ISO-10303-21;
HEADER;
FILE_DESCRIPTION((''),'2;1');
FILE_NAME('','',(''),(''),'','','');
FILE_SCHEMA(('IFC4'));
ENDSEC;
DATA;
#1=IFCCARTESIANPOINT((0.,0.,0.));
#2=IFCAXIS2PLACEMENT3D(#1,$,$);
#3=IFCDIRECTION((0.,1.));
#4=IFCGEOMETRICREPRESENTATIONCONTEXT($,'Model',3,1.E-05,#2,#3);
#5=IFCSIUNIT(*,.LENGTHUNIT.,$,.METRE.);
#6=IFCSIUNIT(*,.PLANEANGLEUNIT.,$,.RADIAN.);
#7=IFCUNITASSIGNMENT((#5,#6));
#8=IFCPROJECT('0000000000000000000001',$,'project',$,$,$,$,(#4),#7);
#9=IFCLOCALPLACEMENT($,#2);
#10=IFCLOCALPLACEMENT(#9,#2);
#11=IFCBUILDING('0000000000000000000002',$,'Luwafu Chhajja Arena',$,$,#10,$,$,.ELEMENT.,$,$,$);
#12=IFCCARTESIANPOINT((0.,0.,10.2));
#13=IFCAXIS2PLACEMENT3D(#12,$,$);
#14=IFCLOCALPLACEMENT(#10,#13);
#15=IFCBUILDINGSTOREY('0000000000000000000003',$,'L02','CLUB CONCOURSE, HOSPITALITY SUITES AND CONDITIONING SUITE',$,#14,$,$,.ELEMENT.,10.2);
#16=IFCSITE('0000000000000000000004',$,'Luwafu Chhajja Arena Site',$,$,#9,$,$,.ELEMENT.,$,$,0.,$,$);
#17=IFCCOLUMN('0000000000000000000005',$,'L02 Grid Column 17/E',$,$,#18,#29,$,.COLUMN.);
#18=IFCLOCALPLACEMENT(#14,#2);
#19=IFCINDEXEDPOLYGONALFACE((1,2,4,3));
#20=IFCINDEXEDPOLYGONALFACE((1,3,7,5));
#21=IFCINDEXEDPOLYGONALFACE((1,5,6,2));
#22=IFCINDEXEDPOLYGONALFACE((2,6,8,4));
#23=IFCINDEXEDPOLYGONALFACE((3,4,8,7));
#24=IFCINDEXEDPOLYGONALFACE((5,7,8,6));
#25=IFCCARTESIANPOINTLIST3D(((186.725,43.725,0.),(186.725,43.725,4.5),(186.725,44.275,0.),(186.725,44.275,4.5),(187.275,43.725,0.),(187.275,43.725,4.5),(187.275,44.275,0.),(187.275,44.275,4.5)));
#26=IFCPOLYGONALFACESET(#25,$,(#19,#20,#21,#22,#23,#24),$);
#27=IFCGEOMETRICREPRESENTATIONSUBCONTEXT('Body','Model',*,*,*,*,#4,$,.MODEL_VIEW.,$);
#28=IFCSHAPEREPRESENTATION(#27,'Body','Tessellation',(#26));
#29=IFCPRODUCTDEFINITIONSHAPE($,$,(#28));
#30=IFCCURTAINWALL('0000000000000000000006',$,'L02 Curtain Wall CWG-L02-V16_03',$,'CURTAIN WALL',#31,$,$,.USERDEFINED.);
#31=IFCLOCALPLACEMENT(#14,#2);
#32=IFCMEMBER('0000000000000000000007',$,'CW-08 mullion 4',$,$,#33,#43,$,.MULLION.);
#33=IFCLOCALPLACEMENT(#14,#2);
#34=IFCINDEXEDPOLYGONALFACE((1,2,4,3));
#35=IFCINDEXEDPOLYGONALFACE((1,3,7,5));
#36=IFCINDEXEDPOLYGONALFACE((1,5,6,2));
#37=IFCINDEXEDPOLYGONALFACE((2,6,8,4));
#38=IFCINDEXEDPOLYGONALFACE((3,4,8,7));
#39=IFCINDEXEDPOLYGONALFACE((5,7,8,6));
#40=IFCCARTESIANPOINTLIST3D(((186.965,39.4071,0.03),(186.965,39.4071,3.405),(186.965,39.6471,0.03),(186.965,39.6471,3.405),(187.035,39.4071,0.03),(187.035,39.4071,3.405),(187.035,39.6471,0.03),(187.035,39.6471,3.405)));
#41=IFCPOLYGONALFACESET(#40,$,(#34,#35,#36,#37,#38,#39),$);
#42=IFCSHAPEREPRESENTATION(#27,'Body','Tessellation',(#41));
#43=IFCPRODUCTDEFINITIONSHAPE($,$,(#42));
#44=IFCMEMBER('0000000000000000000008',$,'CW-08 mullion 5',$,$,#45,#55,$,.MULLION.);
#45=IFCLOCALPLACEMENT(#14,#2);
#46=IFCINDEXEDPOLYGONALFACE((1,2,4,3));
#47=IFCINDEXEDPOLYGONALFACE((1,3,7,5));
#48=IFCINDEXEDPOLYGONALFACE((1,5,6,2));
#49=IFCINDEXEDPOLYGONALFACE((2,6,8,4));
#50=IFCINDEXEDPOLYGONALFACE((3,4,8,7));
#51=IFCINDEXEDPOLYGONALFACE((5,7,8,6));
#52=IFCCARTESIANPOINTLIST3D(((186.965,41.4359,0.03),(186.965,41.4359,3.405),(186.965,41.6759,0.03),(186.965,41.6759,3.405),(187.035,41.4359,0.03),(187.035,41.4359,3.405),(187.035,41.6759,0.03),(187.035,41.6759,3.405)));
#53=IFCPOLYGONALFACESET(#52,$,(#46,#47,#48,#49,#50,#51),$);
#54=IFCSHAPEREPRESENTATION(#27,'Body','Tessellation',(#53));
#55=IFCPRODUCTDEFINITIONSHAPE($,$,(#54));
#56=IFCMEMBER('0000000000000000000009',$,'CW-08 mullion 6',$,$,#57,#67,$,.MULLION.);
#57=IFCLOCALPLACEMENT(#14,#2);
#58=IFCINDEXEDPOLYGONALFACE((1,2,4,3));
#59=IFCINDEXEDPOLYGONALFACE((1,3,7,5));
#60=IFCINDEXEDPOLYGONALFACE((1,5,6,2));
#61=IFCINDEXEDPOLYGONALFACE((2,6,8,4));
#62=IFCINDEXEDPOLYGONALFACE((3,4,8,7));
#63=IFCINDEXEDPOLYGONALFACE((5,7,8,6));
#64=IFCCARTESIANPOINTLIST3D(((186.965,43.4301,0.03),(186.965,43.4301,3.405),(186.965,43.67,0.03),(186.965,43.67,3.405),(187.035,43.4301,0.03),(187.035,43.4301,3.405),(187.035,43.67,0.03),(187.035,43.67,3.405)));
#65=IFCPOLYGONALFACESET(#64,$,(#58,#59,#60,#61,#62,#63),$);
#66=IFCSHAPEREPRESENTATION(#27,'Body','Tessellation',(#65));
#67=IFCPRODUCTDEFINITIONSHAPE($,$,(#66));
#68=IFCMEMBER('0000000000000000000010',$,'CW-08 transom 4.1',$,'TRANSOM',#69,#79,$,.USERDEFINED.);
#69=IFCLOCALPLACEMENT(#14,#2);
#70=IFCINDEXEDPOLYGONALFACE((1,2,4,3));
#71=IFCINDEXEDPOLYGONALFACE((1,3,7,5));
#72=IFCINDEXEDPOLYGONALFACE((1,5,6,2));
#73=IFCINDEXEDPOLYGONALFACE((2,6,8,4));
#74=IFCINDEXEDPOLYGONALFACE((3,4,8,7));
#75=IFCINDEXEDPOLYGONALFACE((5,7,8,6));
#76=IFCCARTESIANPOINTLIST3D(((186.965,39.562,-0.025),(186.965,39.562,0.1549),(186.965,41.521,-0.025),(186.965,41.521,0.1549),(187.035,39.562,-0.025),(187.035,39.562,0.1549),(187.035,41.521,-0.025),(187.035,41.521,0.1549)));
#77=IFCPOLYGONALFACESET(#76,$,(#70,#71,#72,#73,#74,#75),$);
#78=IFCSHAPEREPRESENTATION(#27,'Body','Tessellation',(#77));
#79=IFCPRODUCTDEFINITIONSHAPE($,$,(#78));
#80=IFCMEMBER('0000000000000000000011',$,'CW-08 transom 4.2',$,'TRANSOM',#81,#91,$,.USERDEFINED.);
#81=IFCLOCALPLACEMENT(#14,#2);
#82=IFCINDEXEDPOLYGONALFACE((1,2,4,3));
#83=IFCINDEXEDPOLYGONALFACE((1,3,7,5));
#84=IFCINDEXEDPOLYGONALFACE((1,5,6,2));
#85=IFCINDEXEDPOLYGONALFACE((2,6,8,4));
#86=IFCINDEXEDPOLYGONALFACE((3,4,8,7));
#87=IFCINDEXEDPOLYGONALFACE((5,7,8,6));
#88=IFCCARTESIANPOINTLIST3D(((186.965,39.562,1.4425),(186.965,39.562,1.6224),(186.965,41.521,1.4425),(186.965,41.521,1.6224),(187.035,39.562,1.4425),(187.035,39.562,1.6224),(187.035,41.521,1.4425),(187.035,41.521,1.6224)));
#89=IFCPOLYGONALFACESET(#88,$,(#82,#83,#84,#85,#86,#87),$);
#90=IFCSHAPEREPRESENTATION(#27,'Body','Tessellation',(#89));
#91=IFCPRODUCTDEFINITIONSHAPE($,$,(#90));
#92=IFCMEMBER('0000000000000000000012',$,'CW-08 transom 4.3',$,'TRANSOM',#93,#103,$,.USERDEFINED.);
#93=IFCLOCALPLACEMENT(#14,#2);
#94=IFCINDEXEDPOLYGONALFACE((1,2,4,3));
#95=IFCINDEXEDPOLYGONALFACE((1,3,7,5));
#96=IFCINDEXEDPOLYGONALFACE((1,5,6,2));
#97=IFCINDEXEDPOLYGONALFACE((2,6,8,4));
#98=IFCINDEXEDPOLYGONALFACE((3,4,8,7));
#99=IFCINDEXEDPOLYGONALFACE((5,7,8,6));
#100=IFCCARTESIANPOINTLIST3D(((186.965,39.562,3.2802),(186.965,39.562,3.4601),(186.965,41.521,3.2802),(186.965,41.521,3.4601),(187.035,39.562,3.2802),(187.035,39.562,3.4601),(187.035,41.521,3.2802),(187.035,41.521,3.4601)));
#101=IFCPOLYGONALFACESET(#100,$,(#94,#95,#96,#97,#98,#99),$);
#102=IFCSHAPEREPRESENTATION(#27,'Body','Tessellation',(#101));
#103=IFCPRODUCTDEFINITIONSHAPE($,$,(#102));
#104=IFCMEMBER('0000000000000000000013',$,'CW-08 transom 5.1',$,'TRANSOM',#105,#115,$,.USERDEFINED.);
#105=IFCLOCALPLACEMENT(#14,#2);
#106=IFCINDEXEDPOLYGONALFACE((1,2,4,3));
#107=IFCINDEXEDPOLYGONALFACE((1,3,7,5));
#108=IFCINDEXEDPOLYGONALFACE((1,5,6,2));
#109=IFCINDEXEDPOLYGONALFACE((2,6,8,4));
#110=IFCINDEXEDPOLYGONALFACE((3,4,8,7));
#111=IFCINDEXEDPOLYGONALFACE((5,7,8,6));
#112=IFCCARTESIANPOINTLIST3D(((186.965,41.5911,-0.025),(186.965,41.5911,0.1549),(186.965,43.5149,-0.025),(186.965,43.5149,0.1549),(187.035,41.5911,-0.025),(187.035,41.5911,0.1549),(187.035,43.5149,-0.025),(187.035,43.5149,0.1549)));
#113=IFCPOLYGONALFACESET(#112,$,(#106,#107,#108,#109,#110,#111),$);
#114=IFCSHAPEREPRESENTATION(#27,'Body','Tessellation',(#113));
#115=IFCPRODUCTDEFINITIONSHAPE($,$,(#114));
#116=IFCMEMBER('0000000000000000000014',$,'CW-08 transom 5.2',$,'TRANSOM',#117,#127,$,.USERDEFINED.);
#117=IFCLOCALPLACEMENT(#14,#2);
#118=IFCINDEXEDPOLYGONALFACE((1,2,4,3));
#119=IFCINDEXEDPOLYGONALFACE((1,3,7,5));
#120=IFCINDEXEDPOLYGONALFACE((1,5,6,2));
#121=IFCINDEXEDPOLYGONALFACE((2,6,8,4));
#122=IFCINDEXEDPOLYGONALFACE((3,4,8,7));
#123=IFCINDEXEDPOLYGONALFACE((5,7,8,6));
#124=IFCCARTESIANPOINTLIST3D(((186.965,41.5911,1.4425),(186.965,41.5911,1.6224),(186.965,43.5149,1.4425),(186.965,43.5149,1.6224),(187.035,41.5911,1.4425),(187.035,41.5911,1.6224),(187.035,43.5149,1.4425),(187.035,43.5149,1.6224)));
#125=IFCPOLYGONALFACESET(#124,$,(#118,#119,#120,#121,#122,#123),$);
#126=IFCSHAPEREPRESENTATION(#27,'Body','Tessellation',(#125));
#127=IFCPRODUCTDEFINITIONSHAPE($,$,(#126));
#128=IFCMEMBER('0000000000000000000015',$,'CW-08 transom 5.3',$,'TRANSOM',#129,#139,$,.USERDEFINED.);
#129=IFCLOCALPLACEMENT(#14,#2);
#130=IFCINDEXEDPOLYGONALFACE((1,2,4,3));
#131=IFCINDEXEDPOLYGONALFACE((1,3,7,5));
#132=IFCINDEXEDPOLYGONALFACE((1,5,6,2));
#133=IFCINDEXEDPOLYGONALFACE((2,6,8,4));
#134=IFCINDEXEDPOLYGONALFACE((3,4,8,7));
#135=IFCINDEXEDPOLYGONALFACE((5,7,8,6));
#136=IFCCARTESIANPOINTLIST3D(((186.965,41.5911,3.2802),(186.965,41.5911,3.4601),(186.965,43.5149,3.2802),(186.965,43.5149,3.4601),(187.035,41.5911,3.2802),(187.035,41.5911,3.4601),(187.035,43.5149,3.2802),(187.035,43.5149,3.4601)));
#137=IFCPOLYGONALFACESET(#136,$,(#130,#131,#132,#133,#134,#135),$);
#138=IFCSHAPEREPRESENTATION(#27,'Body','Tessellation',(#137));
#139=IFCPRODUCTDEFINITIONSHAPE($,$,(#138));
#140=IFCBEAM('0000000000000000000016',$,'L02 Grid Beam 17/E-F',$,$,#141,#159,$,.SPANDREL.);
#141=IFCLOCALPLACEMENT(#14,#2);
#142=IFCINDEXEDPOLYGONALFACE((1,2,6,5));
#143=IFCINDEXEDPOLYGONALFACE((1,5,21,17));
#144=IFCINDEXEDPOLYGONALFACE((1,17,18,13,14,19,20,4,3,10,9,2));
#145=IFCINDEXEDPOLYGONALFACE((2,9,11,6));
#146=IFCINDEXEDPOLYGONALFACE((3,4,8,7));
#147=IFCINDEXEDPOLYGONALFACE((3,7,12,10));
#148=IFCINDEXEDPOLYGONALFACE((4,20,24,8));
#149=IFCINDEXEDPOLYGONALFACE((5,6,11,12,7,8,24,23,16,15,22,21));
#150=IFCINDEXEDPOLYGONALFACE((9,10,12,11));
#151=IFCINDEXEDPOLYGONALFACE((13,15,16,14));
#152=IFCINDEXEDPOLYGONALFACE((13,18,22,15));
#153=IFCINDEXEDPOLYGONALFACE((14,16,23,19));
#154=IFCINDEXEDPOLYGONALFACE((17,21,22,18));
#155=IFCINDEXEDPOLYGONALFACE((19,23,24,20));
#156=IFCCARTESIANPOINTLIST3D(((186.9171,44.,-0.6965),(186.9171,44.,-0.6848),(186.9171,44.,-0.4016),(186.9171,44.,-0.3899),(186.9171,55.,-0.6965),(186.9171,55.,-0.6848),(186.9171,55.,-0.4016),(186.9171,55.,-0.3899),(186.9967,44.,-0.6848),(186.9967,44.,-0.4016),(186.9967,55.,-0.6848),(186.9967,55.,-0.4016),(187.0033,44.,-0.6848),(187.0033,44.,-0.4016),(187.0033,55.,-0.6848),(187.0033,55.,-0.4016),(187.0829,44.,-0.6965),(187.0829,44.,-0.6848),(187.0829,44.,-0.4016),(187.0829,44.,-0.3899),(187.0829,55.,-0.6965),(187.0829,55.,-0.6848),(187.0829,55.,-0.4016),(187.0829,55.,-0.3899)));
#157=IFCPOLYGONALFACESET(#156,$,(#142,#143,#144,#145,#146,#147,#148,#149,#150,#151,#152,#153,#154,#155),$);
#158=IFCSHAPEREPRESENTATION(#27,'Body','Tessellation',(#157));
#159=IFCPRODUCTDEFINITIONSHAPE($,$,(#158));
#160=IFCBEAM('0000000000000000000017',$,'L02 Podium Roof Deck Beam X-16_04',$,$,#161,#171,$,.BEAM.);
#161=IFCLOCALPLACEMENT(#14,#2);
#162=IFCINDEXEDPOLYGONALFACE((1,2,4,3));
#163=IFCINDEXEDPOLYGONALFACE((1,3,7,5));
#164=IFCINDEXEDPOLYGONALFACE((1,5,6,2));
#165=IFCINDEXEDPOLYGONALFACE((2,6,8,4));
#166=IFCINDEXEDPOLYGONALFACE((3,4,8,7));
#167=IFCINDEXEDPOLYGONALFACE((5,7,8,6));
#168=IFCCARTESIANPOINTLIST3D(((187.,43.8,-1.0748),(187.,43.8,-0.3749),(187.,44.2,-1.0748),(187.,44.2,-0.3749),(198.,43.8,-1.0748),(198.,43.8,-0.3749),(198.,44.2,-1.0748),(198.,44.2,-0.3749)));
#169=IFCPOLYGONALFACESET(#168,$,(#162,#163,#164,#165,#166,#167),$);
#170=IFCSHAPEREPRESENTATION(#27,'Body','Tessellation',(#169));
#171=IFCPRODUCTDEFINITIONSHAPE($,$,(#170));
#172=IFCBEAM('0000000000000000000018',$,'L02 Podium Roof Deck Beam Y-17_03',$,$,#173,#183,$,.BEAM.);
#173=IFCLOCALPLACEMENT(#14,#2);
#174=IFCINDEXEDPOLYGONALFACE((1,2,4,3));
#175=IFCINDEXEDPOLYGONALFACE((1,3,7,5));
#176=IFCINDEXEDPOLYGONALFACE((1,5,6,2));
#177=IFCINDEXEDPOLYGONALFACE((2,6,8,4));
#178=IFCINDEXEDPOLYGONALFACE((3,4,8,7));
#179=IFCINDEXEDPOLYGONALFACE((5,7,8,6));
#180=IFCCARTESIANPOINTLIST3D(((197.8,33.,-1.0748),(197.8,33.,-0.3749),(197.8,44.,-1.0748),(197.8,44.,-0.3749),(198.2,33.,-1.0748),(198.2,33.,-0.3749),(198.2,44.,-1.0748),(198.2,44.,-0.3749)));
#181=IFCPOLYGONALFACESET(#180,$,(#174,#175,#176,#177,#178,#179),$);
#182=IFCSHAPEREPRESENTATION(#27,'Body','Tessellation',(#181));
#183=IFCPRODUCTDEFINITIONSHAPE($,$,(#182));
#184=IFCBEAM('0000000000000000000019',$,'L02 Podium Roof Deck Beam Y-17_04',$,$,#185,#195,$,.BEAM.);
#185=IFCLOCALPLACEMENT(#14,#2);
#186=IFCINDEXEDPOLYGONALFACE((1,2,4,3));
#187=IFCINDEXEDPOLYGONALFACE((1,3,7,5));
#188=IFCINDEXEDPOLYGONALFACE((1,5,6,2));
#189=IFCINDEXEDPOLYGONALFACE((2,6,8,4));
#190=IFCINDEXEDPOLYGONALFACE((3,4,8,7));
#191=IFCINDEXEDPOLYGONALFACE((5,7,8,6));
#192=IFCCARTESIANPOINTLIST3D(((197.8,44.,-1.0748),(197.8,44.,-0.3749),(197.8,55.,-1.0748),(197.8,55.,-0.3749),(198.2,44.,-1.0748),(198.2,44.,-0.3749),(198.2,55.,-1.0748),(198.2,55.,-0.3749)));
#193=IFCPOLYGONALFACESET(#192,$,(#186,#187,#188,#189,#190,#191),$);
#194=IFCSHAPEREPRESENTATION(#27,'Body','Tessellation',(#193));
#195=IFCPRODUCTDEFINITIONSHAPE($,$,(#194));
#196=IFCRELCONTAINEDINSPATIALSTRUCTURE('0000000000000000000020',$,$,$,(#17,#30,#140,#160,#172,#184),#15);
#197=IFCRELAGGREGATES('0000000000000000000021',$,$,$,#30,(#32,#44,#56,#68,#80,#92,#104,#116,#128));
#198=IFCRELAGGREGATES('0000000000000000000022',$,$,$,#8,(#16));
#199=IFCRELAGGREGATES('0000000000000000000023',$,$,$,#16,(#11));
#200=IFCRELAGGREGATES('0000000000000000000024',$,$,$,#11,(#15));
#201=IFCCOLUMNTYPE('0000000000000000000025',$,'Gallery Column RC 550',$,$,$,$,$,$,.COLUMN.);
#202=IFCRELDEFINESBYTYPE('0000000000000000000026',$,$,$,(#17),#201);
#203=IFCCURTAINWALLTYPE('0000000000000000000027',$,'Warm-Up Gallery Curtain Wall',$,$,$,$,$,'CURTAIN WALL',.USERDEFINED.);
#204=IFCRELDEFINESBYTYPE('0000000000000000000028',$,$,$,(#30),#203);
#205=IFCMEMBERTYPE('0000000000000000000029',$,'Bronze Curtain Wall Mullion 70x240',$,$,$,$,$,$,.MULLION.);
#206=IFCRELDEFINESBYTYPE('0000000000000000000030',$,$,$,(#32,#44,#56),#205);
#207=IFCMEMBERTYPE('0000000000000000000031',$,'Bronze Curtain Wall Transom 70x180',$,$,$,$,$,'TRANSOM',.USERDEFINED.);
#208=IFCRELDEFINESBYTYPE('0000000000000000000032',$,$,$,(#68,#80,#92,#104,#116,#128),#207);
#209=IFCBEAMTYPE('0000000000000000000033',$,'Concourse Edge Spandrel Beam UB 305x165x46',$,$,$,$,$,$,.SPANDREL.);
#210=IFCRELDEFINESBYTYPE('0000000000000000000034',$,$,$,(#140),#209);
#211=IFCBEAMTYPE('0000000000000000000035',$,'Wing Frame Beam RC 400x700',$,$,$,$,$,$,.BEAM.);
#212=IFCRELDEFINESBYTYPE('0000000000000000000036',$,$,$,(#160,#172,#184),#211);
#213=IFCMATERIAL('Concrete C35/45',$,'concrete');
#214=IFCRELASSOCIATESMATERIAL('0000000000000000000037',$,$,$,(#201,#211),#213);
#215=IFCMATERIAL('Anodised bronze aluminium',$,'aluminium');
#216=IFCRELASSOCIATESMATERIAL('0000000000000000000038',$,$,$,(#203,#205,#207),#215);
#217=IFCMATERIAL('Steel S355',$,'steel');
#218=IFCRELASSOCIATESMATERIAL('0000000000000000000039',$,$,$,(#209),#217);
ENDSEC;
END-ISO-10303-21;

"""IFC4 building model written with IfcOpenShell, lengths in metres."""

from ifc_helpers import new_model, si_unit, direction, frame, origin, origin_2d, place, context, subcontext, project, spatial, rectangle, i_section, extrude, material, material_profile, profile_set, type_object, element, aggregate, save


model = new_model("IFC4")

# Units and contexts
model_context = context("Model", 3, precision=1e-05, world=origin(), true_north=direction((0.0, 1.0)))
body_context = subcontext(model_context, "Body", "Model", "MODEL_VIEW")
ifc_project = project(units=[si_unit("LENGTHUNIT", "METRE"), si_unit("PLANEANGLEUNIT", "RADIAN")], contexts=[model_context])

# Site, building, storey
site_placement = place(None, origin())
site = spatial("IfcSite", under=ifc_project, at=site_placement, Name="Luwafu Chhajja Arena Site", CompositionType="ELEMENT", RefElevation=0.0)
building_placement = place(site_placement, origin())
building = spatial("IfcBuilding", under=site, at=building_placement, Name="Luwafu Chhajja Arena", CompositionType="ELEMENT")
storey_placement = place(building_placement, frame((0.0, 0.0, 10.2)))
storey = spatial("IfcBuildingStorey", under=building, at=storey_placement, Name="L02", Description="CLUB CONCOURSE, HOSPITALITY SUITES AND CONDITIONING SUITE", CompositionType="ELEMENT", Elevation=10.2)

# Column
ifc_material_1 = material(Name="Concrete C35/45", Category="concrete")
ifc_material_profile_1 = material_profile(ifc_material_1, rectangle(XDim=0.55, YDim=0.55, at=origin_2d()), Name="RC 550x550")
ifc_profile_set_1 = profile_set([ifc_material_profile_1], Name="Concrete C35/45")
column_type = type_object("IfcColumnType", Name="Gallery Column RC 550", PredefinedType="COLUMN", material=ifc_profile_set_1)
column_placement = place(storey_placement, frame((187.0, 44.0, 0.0), z_axis=(0.0, 0.0, 1.0), x_axis=(1.0, 0.0, 0.0)))
element("IfcColumn", 1, at=column_placement, inside=storey, type_object=column_type, Name="L02 Grid Column 17/E", PredefinedType="COLUMN", context=body_context, shape_type="SweptSolid", body=[
    extrude(rectangle(XDim=0.55, YDim=0.55, at=origin_2d()), origin(), (0.0, 0.0, 1.0), 4.5),
])

# Curtain wall, members
ifc_material_2 = material(Name="Anodised bronze aluminium", Category="aluminium")
curtain_wall_type = type_object("IfcCurtainWallType", Name="Warm-Up Gallery Curtain Wall", ElementType="CURTAIN WALL", PredefinedType="USERDEFINED", material=ifc_material_2)
curtain_wall_placement = place(storey_placement, origin())
curtain_wall = element("IfcCurtainWall", 2, at=curtain_wall_placement, inside=storey, type_object=curtain_wall_type, Name="L02 Curtain Wall CWG-L02-V16_03", ObjectType="CURTAIN WALL", PredefinedType="USERDEFINED")
ifc_material_profile_2 = material_profile(ifc_material_2, rectangle(XDim=0.0701, YDim=0.24, at=origin_2d()), Name="CWM 70x240")
ifc_profile_set_2 = profile_set([ifc_material_profile_2], Name="Anodised bronze aluminium")
member_type_1 = type_object("IfcMemberType", Name="Bronze Curtain Wall Mullion 70x240", PredefinedType="MULLION", material=ifc_profile_set_2)
member_1_placement = place(storey_placement, frame((187.0, 39.5271, 0.03), z_axis=(0.0, 0.0, 1.0), x_axis=(-1.0, 0.0, 0.0)))
member_1 = element("IfcMember", 3, at=member_1_placement, type_object=member_type_1, Name="CW-08 mullion 4", PredefinedType="MULLION", context=body_context, shape_type="SweptSolid", body=[
    extrude(rectangle(XDim=0.0701, YDim=0.24, at=origin_2d()), origin(), (0.0, 0.0, 1.0), 3.375),
])
member_2_placement = place(storey_placement, frame((187.0, 41.5559, 0.03), z_axis=(0.0, 0.0, 1.0), x_axis=(-1.0, 0.0, 0.0)))
member_2 = element("IfcMember", 4, at=member_2_placement, type_object=member_type_1, Name="CW-08 mullion 5", PredefinedType="MULLION", context=body_context, shape_type="SweptSolid", body=[
    extrude(rectangle(XDim=0.0701, YDim=0.24, at=origin_2d()), origin(), (0.0, 0.0, 1.0), 3.375),
])
member_3_placement = place(storey_placement, frame((187.0, 43.55, 0.03), z_axis=(0.0, 0.0, 1.0), x_axis=(-1.0, 0.0, 0.0)))
member_3 = element("IfcMember", 5, at=member_3_placement, type_object=member_type_1, Name="CW-08 mullion 6", PredefinedType="MULLION", context=body_context, shape_type="SweptSolid", body=[
    extrude(rectangle(XDim=0.0701, YDim=0.24, at=origin_2d()), origin(), (0.0, 0.0, 1.0), 3.375),
])
ifc_material_profile_3 = material_profile(ifc_material_2, rectangle(XDim=0.0701, YDim=0.1799, at=origin_2d()), Name="CWT 70x180")
ifc_profile_set_3 = profile_set([ifc_material_profile_3], Name="Anodised bronze aluminium")
member_type_2 = type_object("IfcMemberType", Name="Bronze Curtain Wall Transom 70x180", ElementType="TRANSOM", PredefinedType="USERDEFINED", material=ifc_profile_set_3)
member_4_placement = place(storey_placement, frame((187.0, 39.562, 0.0649), z_axis=(0.0, 1.0, 0.0), x_axis=(-1.0, 0.0, 0.0)))
member_4 = element("IfcMember", 6, at=member_4_placement, type_object=member_type_2, Name="CW-08 transom 4.1", ObjectType="TRANSOM", PredefinedType="USERDEFINED", context=body_context, shape_type="SweptSolid", body=[
    extrude(rectangle(XDim=0.0701, YDim=0.1799, at=origin_2d()), origin(), (0.0, 0.0, 1.0), 1.959),
])
member_5_placement = place(storey_placement, frame((187.0, 39.562, 1.5325), z_axis=(0.0, 1.0, 0.0), x_axis=(-1.0, 0.0, 0.0)))
member_5 = element("IfcMember", 7, at=member_5_placement, type_object=member_type_2, Name="CW-08 transom 4.2", ObjectType="TRANSOM", PredefinedType="USERDEFINED", context=body_context, shape_type="SweptSolid", body=[
    extrude(rectangle(XDim=0.0701, YDim=0.1799, at=origin_2d()), origin(), (0.0, 0.0, 1.0), 1.959),
])
member_6_placement = place(storey_placement, frame((187.0, 39.562, 3.3701), z_axis=(0.0, 1.0, 0.0), x_axis=(-1.0, 0.0, 0.0)))
member_6 = element("IfcMember", 8, at=member_6_placement, type_object=member_type_2, Name="CW-08 transom 4.3", ObjectType="TRANSOM", PredefinedType="USERDEFINED", context=body_context, shape_type="SweptSolid", body=[
    extrude(rectangle(XDim=0.0701, YDim=0.1799, at=origin_2d()), origin(), (0.0, 0.0, 1.0), 1.959),
])
member_7_placement = place(storey_placement, frame((187.0, 41.5911, 0.0649), z_axis=(0.0, 1.0, 0.0), x_axis=(-1.0, 0.0, 0.0)))
member_7 = element("IfcMember", 9, at=member_7_placement, type_object=member_type_2, Name="CW-08 transom 5.1", ObjectType="TRANSOM", PredefinedType="USERDEFINED", context=body_context, shape_type="SweptSolid", body=[
    extrude(rectangle(XDim=0.0701, YDim=0.1799, at=origin_2d()), origin(), (0.0, 0.0, 1.0), 1.9238),
])
member_8_placement = place(storey_placement, frame((187.0, 41.5911, 1.5325), z_axis=(0.0, 1.0, 0.0), x_axis=(-1.0, 0.0, 0.0)))
member_8 = element("IfcMember", 10, at=member_8_placement, type_object=member_type_2, Name="CW-08 transom 5.2", ObjectType="TRANSOM", PredefinedType="USERDEFINED", context=body_context, shape_type="SweptSolid", body=[
    extrude(rectangle(XDim=0.0701, YDim=0.1799, at=origin_2d()), origin(), (0.0, 0.0, 1.0), 1.9238),
])
member_9_placement = place(storey_placement, frame((187.0, 41.5911, 3.3701), z_axis=(0.0, 1.0, 0.0), x_axis=(-1.0, 0.0, 0.0)))
member_9 = element("IfcMember", 11, at=member_9_placement, type_object=member_type_2, Name="CW-08 transom 5.3", ObjectType="TRANSOM", PredefinedType="USERDEFINED", context=body_context, shape_type="SweptSolid", body=[
    extrude(rectangle(XDim=0.0701, YDim=0.1799, at=origin_2d()), origin(), (0.0, 0.0, 1.0), 1.9238),
])

# Beams
ifc_material_3 = material(Name="Steel S355", Category="steel")
ifc_material_profile_4 = material_profile(ifc_material_3, i_section(OverallWidth=0.1658, OverallDepth=0.3066, WebThickness=0.0066, FlangeThickness=0.0117, at=origin_2d()), Name="UB 305x165x46")
ifc_profile_set_4 = profile_set([ifc_material_profile_4], Name="Steel S355")
beam_type_1 = type_object("IfcBeamType", Name="Concourse Edge Spandrel Beam UB 305x165x46", PredefinedType="SPANDREL", material=ifc_profile_set_4)
beam_placement = place(storey_placement, frame((187.0, 44.0, -0.5432), z_axis=(0.0, 1.0, 0.0), x_axis=(-1.0, 0.0, 0.0)))
element("IfcBeam", 12, at=beam_placement, inside=storey, type_object=beam_type_1, Name="L02 Grid Beam 17/E-F", PredefinedType="SPANDREL", context=body_context, shape_type="SweptSolid", body=[
    extrude(i_section(OverallWidth=0.1658, OverallDepth=0.3066, WebThickness=0.0066, FlangeThickness=0.0117, at=origin_2d()), origin(), (0.0, 0.0, 1.0), 11.0),
])
ifc_material_profile_5 = material_profile(ifc_material_1, rectangle(XDim=0.3999, YDim=0.7, at=origin_2d()), Name="RC 400x700")
ifc_profile_set_5 = profile_set([ifc_material_profile_5], Name="Concrete C35/45")
beam_type_2 = type_object("IfcBeamType", Name="Wing Frame Beam RC 400x700", PredefinedType="BEAM", material=ifc_profile_set_5)
for number, where, z_axis, x_axis, name in (
    (13, (187.0, 44.0, -0.7249), (1.0, 0.0, 0.0), (0.0, 1.0, 0.0), "L02 Podium Roof Deck Beam X-16_04"),
    (14, (198.0, 33.0, -0.7249), (0.0, 1.0, 0.0), (-1.0, 0.0, 0.0), "L02 Podium Roof Deck Beam Y-17_03"),
    (15, (198.0, 44.0, -0.7249), (0.0, 1.0, 0.0), (-1.0, 0.0, 0.0), "L02 Podium Roof Deck Beam Y-17_04"),
):
    element("IfcBeam", number, at=place(storey_placement, frame(where, z_axis=z_axis, x_axis=x_axis)), inside=storey, type_object=beam_type_2, Name=name, PredefinedType="BEAM", context=body_context, shape_type="SweptSolid", body=[
        extrude(rectangle(XDim=0.3999, YDim=0.7, at=origin_2d()), origin(), (0.0, 0.0, 1.0), 11.0),
    ])

aggregate(curtain_wall, [member_1, member_2, member_3, member_4, member_5, member_6, member_7, member_8, member_9])

save(model, "model.ifc")
